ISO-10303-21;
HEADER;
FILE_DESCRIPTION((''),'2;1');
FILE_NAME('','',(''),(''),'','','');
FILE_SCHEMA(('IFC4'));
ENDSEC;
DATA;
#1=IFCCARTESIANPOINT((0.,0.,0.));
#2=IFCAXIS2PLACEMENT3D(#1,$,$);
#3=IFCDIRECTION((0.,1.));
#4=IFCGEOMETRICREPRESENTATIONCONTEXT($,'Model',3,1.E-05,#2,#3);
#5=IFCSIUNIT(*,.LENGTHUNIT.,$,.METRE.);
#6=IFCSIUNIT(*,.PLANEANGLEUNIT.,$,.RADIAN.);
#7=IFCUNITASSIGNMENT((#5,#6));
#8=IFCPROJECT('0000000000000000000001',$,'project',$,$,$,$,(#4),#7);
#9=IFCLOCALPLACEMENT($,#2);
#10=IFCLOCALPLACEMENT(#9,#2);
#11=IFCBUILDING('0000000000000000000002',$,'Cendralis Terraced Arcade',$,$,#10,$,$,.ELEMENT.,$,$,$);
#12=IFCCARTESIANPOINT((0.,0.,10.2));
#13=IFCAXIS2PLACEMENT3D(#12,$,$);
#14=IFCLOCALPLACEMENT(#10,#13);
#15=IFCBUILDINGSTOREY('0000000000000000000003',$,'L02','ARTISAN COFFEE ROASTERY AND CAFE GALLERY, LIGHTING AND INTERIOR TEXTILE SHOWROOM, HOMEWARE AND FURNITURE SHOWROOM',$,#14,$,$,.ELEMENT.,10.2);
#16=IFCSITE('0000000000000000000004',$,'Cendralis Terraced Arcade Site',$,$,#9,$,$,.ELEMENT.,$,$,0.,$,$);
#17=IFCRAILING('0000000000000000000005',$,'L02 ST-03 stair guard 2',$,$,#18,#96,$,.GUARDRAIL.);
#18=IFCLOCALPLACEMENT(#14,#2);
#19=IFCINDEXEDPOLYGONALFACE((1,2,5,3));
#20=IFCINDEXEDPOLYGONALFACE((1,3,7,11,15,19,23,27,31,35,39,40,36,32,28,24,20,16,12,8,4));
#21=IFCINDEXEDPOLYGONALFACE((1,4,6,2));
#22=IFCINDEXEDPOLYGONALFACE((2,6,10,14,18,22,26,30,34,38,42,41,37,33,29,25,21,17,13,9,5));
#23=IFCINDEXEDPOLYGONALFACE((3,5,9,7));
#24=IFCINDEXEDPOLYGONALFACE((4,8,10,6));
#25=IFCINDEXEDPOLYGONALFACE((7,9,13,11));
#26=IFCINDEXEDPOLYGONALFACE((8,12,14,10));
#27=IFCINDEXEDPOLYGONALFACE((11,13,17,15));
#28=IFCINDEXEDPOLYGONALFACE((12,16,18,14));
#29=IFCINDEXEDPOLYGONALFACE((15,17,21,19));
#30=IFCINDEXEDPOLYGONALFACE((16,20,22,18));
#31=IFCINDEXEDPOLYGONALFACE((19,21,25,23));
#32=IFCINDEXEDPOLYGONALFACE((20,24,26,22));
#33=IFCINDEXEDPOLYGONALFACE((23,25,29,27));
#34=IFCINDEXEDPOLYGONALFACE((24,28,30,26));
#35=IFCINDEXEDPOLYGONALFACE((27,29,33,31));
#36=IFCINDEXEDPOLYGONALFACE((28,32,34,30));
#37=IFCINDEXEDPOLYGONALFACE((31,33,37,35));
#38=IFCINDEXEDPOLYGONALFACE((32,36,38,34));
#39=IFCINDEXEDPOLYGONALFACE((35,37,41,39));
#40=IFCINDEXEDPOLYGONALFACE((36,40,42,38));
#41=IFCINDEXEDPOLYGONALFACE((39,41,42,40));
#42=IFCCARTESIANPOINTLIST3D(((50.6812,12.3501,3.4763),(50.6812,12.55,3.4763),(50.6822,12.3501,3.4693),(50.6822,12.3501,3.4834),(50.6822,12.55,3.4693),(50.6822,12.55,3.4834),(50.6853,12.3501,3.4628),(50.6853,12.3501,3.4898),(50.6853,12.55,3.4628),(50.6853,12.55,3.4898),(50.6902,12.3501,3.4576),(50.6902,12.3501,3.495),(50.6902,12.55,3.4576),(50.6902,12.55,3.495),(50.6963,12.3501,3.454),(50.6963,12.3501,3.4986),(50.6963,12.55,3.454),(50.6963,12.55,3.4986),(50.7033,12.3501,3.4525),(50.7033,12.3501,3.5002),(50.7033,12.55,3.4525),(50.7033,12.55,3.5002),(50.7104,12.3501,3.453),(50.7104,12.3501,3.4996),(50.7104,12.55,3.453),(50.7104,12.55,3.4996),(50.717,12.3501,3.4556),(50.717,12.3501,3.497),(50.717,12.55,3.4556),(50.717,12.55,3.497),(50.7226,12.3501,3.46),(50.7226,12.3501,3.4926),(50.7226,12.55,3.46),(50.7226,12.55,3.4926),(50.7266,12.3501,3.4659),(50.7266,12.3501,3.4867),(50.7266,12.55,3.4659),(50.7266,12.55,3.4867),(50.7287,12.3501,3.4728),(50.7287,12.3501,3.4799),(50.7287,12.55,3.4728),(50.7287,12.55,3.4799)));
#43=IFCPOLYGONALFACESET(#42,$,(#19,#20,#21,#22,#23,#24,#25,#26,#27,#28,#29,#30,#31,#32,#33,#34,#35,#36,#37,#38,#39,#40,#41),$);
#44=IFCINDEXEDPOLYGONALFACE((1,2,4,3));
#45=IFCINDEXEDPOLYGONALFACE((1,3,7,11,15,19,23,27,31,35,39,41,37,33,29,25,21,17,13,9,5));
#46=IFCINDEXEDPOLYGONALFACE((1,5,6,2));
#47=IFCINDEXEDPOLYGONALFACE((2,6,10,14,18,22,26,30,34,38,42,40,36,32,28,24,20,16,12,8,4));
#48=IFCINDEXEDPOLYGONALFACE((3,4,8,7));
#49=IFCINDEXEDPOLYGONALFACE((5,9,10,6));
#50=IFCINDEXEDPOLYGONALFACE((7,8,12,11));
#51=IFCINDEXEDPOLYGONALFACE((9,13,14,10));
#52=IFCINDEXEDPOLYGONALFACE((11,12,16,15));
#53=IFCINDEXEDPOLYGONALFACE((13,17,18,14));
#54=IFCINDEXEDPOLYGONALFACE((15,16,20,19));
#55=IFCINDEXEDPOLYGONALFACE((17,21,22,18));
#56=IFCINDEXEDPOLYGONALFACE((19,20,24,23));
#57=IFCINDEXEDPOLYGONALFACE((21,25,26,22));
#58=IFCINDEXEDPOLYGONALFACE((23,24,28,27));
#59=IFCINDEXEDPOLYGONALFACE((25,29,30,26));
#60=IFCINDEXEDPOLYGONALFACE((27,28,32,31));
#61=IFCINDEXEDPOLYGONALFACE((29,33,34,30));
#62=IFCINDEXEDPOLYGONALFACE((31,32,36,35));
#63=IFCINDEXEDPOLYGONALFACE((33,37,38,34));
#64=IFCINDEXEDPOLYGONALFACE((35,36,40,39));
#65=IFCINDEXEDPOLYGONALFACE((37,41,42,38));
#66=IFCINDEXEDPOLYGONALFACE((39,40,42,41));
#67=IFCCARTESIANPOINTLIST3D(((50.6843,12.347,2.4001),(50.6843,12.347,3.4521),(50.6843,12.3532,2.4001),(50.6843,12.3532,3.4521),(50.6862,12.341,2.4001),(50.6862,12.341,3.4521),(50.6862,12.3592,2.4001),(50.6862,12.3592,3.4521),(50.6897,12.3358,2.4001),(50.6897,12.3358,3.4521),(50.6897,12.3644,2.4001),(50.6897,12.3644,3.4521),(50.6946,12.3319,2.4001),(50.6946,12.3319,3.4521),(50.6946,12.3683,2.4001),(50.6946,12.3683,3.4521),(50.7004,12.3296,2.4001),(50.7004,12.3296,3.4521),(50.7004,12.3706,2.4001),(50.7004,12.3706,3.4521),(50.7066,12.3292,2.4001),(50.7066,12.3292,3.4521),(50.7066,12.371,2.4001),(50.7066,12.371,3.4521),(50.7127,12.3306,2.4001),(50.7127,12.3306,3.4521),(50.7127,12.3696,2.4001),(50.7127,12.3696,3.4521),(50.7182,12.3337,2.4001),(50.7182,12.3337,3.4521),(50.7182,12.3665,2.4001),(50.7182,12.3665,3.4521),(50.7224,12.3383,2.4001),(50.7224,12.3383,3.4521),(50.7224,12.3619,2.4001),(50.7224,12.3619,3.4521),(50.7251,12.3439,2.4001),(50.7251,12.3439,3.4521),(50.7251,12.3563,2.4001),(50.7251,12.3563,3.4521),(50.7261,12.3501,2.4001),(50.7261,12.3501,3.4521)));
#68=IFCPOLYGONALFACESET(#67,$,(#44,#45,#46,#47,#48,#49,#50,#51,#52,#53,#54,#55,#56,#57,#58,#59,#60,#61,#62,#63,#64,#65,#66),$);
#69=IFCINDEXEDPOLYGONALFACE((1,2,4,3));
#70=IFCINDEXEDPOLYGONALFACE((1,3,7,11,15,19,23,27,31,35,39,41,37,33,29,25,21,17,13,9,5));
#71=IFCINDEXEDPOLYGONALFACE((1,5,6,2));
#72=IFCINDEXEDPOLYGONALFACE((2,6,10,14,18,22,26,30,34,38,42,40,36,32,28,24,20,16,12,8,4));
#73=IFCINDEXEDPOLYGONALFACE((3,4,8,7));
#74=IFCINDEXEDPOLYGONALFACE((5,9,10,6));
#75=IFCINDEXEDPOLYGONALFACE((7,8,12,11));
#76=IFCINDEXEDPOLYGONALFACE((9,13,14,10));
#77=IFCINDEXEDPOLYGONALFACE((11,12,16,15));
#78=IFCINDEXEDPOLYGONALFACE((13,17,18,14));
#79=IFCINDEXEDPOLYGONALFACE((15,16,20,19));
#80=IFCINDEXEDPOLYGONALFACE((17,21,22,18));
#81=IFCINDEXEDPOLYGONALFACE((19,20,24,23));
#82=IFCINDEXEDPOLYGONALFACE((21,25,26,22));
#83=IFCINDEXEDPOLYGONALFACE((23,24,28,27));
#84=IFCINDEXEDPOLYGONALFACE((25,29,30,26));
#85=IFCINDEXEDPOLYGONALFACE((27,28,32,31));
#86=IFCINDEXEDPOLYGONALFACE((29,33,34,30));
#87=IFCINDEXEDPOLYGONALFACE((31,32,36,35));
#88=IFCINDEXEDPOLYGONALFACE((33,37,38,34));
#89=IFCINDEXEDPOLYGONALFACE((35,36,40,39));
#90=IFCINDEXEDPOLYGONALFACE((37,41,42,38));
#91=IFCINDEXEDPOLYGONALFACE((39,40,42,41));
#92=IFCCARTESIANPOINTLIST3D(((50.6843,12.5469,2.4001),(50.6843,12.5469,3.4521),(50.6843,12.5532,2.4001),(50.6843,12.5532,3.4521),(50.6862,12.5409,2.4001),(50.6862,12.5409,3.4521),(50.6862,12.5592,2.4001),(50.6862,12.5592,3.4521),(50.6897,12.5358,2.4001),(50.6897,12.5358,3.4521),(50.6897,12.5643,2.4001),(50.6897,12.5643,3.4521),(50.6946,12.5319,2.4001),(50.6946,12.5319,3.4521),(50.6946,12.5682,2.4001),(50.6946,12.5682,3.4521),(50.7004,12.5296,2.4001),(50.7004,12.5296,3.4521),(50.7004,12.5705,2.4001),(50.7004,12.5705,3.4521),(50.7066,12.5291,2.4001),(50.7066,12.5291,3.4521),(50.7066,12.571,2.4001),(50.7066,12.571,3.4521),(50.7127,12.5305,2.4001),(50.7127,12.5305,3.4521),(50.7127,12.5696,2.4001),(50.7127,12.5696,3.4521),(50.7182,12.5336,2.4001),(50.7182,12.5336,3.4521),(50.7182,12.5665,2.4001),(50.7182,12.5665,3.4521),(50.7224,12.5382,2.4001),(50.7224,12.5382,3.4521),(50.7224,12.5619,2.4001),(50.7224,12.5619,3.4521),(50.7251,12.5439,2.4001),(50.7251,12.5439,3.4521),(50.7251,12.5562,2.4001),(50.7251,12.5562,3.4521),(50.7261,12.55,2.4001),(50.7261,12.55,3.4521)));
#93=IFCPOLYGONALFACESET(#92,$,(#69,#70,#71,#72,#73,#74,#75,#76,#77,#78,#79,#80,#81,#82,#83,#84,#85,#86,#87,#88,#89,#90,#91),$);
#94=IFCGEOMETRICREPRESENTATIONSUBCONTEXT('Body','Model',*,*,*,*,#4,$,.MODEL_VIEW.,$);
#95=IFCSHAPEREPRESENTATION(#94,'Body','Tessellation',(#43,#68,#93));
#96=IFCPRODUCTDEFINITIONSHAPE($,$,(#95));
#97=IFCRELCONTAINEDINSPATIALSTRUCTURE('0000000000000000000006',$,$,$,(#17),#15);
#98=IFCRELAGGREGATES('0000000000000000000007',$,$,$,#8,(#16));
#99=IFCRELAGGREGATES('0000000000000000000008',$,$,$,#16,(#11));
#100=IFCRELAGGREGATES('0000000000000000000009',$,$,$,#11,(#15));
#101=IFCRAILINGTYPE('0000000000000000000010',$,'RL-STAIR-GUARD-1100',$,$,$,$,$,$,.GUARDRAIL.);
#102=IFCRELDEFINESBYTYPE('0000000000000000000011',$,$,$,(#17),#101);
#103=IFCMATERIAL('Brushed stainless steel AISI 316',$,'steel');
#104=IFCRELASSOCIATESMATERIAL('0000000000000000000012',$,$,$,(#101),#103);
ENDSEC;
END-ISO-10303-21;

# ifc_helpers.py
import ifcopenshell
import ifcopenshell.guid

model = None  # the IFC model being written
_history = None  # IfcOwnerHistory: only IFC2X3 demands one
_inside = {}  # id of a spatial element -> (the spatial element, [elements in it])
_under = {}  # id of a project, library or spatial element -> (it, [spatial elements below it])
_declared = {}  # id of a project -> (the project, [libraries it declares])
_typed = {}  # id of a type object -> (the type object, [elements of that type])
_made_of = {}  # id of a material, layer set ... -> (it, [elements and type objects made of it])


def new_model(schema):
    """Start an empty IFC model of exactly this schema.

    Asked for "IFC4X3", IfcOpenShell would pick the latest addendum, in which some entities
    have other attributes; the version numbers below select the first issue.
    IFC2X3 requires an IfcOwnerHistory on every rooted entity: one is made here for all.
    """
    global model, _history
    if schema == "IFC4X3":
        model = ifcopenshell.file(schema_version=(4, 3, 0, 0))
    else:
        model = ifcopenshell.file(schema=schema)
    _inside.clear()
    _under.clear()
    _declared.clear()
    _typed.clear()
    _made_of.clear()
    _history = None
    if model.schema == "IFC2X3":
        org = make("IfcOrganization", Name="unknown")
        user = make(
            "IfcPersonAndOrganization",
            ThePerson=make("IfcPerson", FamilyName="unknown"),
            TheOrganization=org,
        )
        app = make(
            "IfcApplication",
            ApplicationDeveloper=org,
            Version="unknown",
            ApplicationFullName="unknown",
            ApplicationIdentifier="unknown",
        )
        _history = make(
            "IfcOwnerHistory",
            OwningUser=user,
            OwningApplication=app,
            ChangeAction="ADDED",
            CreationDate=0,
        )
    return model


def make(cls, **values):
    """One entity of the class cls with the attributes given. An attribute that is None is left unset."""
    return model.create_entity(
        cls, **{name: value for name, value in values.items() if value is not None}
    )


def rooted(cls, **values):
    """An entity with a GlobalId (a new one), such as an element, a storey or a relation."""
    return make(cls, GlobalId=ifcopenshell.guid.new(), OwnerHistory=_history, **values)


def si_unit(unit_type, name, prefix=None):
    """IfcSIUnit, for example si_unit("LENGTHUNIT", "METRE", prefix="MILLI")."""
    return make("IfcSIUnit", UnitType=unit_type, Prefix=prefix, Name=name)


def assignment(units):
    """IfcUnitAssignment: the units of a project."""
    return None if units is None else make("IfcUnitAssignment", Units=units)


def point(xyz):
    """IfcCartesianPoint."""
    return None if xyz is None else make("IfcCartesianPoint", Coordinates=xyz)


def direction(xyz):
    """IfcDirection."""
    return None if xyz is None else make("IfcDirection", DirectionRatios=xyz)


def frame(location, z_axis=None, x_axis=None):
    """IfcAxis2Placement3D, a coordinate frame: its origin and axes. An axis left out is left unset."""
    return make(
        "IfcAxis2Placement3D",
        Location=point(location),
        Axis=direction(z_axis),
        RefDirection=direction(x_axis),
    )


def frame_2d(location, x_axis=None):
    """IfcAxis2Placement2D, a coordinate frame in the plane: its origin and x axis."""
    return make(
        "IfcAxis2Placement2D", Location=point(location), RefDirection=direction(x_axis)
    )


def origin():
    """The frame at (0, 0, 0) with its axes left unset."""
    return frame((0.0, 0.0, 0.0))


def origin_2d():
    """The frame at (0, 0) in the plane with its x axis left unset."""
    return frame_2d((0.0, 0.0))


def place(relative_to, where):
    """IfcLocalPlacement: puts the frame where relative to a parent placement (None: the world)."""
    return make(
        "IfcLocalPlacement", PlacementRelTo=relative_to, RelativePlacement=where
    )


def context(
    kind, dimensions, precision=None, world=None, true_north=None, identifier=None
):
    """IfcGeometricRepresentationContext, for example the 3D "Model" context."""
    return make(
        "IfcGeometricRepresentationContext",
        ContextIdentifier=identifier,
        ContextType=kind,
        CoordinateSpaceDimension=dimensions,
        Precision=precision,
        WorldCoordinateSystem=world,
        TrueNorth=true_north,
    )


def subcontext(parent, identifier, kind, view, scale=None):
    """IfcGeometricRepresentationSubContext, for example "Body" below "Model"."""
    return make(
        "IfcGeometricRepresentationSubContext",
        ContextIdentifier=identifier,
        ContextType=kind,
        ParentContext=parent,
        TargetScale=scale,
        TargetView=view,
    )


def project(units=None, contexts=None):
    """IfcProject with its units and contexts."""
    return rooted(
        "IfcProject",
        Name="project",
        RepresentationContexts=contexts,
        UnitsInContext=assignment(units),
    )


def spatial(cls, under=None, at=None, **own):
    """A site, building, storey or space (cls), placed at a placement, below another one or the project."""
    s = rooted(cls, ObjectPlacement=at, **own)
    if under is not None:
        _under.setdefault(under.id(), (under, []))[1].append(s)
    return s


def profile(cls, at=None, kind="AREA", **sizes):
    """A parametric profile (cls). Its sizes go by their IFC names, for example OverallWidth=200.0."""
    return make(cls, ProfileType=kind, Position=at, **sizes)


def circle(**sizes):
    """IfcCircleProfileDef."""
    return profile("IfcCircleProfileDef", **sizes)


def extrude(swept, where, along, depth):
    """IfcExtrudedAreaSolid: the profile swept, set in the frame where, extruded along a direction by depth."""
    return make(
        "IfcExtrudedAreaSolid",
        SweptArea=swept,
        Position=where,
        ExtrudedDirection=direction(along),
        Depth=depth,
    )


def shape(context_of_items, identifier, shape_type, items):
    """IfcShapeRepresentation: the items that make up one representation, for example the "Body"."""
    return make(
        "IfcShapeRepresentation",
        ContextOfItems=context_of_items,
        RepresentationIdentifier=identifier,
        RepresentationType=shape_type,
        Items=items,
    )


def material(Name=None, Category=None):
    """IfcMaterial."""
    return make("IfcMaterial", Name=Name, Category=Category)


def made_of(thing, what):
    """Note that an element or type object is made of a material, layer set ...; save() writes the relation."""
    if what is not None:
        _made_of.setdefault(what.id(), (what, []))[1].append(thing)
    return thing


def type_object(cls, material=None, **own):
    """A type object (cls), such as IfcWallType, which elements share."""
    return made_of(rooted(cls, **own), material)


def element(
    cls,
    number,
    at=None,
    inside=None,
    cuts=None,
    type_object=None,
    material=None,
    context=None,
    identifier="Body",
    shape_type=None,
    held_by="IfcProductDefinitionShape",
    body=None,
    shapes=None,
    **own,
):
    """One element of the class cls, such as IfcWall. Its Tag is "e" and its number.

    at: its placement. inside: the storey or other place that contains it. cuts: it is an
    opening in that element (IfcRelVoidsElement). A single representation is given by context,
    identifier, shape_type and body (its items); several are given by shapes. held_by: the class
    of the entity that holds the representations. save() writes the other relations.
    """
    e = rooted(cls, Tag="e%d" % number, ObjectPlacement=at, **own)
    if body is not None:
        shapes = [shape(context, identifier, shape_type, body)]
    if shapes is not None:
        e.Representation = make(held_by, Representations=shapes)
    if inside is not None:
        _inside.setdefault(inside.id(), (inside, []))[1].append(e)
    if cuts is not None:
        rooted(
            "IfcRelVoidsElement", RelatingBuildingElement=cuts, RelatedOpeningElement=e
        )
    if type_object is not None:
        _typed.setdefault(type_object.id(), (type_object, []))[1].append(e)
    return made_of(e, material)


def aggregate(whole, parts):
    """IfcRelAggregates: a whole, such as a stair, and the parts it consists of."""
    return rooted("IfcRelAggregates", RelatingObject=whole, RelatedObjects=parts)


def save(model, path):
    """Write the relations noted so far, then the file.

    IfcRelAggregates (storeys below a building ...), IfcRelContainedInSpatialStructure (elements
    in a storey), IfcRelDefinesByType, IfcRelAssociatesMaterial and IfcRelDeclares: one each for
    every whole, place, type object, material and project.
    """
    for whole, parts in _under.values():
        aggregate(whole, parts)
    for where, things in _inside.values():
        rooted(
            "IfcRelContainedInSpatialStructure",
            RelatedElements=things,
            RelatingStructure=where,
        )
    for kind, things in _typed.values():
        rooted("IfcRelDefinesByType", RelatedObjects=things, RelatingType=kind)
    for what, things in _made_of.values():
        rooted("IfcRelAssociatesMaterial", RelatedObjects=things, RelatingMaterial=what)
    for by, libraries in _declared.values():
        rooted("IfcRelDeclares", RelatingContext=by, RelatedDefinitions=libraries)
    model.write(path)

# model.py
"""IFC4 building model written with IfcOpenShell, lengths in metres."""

from ifc_helpers import new_model, si_unit, direction, frame, origin, origin_2d, place, context, subcontext, project, spatial, circle, extrude, material, type_object, element, save


model = new_model("IFC4")

# Units and contexts
model_context = context("Model", 3, precision=1e-05, world=origin(), true_north=direction((0.0, 1.0)))
body_context = subcontext(model_context, "Body", "Model", "MODEL_VIEW")
ifc_project = project(units=[si_unit("LENGTHUNIT", "METRE"), si_unit("PLANEANGLEUNIT", "RADIAN")], contexts=[model_context])

# Site, building, storey
site_placement = place(None, origin())
site = spatial("IfcSite", under=ifc_project, at=site_placement, Name="Cendralis Terraced Arcade Site", CompositionType="ELEMENT", RefElevation=0.0)
building_placement = place(site_placement, origin())
building = spatial("IfcBuilding", under=site, at=building_placement, Name="Cendralis Terraced Arcade", CompositionType="ELEMENT")
storey_placement = place(building_placement, frame((0.0, 0.0, 10.2)))
storey = spatial("IfcBuildingStorey", under=building, at=storey_placement, Name="L02", Description="ARTISAN COFFEE ROASTERY AND CAFE GALLERY, LIGHTING AND INTERIOR TEXTILE SHOWROOM, HOMEWARE AND FURNITURE SHOWROOM", CompositionType="ELEMENT", Elevation=10.2)

# Railing
ifc_material_1 = material(Name="Brushed stainless steel AISI 316", Category="steel")
railing_type_1 = type_object("IfcRailingType", Name="RL-STAIR-GUARD-1100", PredefinedType="GUARDRAIL", material=ifc_material_1)
railing_1_placement = place(storey_placement, frame((50.7051, 12.3501, 2.4001)))
element("IfcRailing", 1, at=railing_1_placement, inside=storey, type_object=railing_type_1, Name="L02 ST-03 stair guard 2", PredefinedType="GUARDRAIL", context=body_context, shape_type="SweptSolid", body=[
    extrude(circle(Radius=0.0239, at=origin_2d()), frame((0.0, 0.0, 1.0762), z_axis=(0.0, 1.0, 0.0), x_axis=(-1.0, 0.0, 0.0)), (0.0, 0.0, 1.0), 0.2),
    extrude(circle(Radius=0.021, at=origin_2d()), origin(), (0.0, 0.0, 1.0), 1.052),
    extrude(circle(Radius=0.021, at=origin_2d()), frame((0.0, 0.2, 0.0)), (0.0, 0.0, 1.0), 1.052),
])

save(model, "model.ifc")
